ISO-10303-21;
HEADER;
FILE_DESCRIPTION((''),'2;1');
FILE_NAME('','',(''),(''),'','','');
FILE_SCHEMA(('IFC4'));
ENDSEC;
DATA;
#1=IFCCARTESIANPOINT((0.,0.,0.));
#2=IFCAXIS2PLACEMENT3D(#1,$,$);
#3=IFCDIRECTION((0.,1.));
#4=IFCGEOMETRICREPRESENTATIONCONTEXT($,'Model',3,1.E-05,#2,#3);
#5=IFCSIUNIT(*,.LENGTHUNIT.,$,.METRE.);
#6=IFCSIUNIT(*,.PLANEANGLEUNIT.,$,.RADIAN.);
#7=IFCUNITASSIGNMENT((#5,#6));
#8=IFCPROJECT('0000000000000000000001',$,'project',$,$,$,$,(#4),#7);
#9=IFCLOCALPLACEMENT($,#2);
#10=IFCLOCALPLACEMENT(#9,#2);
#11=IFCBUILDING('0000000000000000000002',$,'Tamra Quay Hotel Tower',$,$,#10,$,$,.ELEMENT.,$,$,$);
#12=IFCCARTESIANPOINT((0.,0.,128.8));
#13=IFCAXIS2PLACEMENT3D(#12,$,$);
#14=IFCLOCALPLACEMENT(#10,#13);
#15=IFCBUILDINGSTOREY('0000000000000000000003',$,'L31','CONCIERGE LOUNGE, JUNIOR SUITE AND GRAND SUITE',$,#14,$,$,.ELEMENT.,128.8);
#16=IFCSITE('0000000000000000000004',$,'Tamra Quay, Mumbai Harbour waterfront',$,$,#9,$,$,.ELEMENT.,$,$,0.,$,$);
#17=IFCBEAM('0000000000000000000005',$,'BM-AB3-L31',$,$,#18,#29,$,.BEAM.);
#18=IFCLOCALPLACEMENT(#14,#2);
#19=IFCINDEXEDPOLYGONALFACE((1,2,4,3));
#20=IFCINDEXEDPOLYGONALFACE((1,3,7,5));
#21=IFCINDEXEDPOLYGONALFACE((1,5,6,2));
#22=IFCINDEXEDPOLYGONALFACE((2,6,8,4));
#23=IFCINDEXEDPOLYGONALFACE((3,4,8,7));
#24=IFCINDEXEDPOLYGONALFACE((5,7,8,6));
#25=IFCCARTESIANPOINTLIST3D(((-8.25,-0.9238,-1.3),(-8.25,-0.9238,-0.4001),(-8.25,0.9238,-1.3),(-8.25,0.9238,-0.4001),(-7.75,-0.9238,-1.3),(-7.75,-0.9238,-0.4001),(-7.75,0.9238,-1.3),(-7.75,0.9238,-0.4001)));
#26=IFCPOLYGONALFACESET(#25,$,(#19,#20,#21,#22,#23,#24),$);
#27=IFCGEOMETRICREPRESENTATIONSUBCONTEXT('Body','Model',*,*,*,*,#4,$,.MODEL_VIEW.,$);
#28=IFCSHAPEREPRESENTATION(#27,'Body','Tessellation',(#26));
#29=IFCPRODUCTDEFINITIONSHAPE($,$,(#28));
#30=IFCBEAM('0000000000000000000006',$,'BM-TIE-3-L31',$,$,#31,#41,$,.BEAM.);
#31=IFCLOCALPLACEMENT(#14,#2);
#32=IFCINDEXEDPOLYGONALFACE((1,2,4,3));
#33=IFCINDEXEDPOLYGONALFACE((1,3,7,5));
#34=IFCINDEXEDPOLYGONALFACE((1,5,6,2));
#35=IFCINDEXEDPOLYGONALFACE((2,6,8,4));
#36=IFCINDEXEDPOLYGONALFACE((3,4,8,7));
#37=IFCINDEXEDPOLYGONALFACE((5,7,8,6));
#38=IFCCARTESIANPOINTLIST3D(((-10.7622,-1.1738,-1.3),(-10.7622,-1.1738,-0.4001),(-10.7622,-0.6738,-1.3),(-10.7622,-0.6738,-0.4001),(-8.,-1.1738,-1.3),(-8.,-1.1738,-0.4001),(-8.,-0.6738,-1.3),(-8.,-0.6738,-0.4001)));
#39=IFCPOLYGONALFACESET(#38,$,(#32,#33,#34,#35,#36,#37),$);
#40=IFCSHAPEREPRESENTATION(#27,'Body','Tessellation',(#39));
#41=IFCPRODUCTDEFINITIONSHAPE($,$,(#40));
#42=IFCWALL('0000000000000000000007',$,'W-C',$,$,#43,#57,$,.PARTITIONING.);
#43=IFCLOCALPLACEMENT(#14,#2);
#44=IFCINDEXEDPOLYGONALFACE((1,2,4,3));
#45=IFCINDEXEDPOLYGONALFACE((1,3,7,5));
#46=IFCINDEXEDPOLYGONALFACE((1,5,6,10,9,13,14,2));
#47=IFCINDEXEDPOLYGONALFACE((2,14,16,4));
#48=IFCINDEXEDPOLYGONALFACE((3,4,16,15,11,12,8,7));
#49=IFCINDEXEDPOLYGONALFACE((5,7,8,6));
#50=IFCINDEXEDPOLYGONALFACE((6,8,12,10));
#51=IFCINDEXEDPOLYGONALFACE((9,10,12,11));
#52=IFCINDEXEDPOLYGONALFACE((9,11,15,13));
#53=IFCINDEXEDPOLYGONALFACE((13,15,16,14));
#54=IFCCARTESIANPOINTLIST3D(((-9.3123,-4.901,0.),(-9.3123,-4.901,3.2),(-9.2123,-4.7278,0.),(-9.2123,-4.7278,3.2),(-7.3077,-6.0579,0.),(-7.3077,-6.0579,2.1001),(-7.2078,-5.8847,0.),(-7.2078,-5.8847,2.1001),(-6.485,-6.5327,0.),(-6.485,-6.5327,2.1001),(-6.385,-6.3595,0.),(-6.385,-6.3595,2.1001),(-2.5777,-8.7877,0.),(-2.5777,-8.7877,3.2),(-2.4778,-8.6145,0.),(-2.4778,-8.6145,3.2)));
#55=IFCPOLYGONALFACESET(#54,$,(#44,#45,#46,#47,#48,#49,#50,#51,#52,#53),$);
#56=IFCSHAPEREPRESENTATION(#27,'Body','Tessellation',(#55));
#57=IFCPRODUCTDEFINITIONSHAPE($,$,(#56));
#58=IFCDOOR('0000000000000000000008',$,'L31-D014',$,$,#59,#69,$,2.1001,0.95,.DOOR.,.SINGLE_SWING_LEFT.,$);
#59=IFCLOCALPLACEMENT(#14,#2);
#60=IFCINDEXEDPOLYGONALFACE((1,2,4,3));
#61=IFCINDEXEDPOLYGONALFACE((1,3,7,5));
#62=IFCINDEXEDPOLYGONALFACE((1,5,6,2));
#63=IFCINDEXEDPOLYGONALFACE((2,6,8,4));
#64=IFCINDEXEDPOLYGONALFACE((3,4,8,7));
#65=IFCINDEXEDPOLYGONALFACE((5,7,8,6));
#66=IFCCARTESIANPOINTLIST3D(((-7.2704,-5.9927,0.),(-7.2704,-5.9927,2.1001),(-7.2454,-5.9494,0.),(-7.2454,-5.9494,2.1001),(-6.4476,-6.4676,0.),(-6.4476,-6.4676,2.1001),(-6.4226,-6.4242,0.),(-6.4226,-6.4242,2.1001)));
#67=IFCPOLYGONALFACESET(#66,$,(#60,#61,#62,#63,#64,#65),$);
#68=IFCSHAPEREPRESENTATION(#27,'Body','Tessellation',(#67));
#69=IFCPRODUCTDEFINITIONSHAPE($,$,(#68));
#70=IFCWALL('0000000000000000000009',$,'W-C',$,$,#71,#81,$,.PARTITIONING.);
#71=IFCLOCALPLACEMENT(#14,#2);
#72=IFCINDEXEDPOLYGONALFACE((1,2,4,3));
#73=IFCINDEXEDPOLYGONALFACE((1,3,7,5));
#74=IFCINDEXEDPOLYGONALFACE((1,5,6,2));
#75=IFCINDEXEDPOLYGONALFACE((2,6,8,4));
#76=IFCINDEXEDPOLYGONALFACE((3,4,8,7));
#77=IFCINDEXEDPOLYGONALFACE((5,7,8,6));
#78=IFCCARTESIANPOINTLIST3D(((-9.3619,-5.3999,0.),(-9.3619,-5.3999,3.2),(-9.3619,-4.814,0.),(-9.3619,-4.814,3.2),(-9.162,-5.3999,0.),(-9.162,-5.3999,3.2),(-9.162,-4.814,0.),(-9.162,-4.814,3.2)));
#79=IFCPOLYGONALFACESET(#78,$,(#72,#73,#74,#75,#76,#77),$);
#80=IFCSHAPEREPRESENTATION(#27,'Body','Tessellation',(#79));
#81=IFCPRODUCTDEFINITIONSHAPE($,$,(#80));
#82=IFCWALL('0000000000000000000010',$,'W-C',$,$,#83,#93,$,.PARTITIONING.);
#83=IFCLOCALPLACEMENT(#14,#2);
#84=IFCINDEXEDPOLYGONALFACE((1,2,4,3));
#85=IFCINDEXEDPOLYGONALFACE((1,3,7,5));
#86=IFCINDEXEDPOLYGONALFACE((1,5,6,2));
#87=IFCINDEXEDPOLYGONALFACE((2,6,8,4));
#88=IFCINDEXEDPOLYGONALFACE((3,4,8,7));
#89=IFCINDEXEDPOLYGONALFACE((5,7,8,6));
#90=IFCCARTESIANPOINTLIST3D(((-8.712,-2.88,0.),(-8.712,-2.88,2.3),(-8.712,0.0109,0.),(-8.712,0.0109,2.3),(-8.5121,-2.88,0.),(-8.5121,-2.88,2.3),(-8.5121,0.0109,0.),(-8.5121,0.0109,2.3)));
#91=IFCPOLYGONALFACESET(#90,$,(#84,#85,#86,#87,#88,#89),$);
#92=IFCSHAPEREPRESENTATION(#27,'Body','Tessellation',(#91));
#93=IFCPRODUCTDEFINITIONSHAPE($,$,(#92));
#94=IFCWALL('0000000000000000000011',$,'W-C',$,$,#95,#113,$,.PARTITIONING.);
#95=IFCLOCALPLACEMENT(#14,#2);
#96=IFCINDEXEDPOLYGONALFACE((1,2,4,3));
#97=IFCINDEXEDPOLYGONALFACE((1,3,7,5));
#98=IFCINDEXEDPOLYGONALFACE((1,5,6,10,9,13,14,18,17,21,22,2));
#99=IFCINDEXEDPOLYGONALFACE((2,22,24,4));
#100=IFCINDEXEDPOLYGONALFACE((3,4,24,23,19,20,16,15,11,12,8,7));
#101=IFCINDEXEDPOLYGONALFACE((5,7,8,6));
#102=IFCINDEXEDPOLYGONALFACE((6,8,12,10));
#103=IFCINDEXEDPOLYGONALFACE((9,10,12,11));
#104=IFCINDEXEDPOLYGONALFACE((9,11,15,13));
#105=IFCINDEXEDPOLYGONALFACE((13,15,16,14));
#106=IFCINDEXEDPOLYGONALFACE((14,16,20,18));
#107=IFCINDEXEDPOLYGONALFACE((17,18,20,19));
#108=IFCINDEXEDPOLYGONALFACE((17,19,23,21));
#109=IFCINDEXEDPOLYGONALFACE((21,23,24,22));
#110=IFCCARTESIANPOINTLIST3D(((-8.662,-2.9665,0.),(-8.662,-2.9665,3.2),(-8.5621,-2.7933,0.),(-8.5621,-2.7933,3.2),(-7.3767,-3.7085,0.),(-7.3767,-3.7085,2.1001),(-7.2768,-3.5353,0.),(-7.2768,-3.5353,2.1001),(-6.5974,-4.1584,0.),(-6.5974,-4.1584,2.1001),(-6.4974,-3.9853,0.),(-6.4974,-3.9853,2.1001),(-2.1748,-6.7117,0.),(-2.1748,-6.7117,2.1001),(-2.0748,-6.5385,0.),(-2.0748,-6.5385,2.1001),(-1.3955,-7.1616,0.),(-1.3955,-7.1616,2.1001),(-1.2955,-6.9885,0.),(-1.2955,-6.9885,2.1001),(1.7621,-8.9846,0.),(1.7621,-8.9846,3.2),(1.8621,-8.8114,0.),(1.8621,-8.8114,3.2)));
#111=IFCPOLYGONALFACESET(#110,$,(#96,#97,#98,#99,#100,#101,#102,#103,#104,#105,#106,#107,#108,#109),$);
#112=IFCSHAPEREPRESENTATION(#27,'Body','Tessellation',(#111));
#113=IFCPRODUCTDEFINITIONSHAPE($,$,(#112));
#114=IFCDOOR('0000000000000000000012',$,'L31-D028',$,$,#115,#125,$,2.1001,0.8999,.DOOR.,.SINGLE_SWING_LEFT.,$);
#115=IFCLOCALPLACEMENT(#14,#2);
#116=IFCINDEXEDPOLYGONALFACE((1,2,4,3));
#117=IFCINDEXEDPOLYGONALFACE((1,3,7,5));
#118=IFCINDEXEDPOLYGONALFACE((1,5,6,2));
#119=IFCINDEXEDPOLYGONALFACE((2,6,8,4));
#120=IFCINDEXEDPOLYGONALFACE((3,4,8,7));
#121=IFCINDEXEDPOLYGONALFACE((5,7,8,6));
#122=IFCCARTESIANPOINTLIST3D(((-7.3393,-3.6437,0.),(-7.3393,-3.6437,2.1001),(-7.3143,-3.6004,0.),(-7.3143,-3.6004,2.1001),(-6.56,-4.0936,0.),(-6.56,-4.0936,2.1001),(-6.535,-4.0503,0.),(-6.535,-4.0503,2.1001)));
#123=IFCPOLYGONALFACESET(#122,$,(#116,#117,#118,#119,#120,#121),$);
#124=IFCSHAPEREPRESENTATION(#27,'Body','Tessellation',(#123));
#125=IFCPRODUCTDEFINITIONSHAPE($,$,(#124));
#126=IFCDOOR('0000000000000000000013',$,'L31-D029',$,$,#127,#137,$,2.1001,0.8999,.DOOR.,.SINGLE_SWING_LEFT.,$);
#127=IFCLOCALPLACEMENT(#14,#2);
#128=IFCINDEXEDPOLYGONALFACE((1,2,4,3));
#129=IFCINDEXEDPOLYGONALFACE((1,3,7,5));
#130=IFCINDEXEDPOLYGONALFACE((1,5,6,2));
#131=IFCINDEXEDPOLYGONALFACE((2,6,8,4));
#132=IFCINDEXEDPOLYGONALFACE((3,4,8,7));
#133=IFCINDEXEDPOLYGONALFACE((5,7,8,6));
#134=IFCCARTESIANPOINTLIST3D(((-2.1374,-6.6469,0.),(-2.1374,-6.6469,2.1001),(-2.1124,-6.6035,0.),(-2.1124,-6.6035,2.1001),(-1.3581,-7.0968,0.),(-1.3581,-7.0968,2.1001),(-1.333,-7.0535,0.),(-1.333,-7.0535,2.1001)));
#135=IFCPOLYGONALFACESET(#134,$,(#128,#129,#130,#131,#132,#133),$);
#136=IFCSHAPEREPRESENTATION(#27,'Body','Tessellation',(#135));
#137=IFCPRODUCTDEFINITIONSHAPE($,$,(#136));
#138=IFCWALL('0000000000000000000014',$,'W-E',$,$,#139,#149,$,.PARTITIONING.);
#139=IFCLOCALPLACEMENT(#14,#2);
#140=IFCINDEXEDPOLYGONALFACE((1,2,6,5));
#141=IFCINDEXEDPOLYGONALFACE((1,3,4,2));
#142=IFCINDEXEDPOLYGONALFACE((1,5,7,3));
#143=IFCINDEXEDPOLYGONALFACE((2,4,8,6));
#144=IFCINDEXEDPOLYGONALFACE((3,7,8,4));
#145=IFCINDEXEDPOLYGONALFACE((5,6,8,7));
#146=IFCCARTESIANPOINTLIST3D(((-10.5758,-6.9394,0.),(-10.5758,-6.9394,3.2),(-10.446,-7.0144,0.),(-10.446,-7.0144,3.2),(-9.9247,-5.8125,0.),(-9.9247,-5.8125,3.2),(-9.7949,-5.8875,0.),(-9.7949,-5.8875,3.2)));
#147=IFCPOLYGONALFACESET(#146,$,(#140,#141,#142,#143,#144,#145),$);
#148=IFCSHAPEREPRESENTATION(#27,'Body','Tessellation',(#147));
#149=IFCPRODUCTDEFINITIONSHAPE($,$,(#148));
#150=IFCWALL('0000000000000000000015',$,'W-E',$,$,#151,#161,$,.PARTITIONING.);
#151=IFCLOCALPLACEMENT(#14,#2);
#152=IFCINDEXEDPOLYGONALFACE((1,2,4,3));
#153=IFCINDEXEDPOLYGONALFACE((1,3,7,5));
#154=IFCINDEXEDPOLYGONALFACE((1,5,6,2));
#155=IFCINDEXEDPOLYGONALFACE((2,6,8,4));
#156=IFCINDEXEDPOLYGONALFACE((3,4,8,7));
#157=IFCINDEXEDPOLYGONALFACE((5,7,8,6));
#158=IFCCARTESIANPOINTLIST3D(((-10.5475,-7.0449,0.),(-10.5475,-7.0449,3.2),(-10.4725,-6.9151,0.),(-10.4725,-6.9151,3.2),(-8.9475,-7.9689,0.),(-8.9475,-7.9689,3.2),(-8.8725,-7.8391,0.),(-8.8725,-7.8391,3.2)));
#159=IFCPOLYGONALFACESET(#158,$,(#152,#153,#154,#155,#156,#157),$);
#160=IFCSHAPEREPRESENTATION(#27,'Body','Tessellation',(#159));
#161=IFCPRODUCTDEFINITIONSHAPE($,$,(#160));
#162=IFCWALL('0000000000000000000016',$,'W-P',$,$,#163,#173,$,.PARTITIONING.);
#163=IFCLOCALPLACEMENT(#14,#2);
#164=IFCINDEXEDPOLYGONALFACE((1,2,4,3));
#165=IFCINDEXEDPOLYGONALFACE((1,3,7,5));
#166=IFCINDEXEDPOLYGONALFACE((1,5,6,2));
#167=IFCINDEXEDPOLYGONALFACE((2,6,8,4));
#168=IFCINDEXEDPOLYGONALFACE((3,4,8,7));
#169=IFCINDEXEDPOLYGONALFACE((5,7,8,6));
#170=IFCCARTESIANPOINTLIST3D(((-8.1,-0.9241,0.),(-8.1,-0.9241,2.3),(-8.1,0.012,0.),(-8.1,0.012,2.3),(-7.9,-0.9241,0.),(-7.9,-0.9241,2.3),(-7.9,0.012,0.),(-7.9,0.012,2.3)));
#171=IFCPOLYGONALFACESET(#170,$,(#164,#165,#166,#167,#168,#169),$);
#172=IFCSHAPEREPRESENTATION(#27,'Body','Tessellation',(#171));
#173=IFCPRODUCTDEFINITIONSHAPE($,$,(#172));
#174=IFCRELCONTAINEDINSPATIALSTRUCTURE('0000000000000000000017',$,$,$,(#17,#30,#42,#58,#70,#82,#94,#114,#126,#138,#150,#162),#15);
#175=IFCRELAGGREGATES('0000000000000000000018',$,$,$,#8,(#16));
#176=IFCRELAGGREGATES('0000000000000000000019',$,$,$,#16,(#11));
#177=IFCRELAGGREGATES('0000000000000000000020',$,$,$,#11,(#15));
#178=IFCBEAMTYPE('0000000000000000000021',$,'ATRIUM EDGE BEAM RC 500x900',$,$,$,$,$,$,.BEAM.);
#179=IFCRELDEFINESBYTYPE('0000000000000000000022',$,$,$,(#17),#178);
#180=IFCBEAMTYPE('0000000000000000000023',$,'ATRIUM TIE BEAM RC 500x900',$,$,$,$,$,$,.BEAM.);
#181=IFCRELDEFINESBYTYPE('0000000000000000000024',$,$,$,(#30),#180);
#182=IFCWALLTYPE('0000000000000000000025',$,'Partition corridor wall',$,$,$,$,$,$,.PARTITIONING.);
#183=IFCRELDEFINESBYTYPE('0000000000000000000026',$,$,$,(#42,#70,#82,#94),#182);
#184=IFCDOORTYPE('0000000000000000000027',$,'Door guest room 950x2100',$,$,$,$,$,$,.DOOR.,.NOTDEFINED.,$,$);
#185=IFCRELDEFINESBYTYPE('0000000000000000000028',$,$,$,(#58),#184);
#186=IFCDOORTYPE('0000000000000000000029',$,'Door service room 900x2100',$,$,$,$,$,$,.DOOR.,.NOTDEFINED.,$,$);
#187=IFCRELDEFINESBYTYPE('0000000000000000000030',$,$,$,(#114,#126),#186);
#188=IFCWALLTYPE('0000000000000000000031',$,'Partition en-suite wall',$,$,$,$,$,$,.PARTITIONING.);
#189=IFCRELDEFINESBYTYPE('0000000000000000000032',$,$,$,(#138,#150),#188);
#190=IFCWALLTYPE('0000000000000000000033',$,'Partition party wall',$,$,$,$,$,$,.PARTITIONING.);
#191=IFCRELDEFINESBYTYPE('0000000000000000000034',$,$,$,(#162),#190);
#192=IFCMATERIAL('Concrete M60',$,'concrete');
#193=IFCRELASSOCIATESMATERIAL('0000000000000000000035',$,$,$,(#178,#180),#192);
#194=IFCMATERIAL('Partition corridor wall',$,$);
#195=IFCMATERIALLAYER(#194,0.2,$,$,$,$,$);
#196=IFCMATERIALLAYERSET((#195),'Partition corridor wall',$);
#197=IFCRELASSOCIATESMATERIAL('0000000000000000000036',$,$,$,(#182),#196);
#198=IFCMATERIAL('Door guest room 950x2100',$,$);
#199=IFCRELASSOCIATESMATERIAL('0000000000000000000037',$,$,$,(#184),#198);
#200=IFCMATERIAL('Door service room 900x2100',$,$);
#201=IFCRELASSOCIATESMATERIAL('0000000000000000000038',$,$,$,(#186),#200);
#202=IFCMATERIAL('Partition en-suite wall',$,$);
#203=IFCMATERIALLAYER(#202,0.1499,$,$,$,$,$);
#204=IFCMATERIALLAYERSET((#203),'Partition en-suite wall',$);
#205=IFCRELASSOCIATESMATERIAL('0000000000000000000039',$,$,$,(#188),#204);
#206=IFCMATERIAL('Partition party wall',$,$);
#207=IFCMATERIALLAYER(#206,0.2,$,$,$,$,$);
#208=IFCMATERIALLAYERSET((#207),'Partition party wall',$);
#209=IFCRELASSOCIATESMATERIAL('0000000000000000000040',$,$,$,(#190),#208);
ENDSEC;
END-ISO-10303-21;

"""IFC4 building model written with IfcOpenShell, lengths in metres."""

from ifc_helpers import new_model, si_unit, direction, frame, frame_2d, origin, origin_2d, place, context, subcontext, project, spatial, rectangle, extrude, material, layer, layer_set, material_profile, profile_set, type_object, element, fill, save


model = new_model("IFC4")

# Units and contexts
model_context = context("Model", 3, precision=1e-05, world=origin(), true_north=direction((0.0, 1.0)))
body_context = subcontext(model_context, "Body", "Model", "MODEL_VIEW")
ifc_project = project(units=[si_unit("LENGTHUNIT", "METRE"), si_unit("PLANEANGLEUNIT", "RADIAN")], contexts=[model_context])

# Site, building, storey
site_placement = place(None, origin())
site = spatial("IfcSite", under=ifc_project, at=site_placement, Name="Tamra Quay, Mumbai Harbour waterfront", CompositionType="ELEMENT", RefElevation=0.0)
building_placement = place(site_placement, origin())
building = spatial("IfcBuilding", under=site, at=building_placement, Name="Tamra Quay Hotel Tower", CompositionType="ELEMENT")
storey_placement = place(building_placement, frame((0.0, 0.0, 128.8)))
storey = spatial("IfcBuildingStorey", under=building, at=storey_placement, Name="L31", Description="CONCIERGE LOUNGE, JUNIOR SUITE AND GRAND SUITE", CompositionType="ELEMENT", Elevation=128.8)

# Beams
ifc_material_1 = material(Name="Concrete M60", Category="concrete")
ifc_material_profile_1 = material_profile(ifc_material_1, rectangle(XDim=0.5, YDim=0.8999, at=origin_2d()), Name="ATRIUM EDGE BEAM RC 500x900")
ifc_profile_set_1 = profile_set([ifc_material_profile_1], Name="Concrete M60")
beam_type_1 = type_object("IfcBeamType", Name="ATRIUM EDGE BEAM RC 500x900", PredefinedType="BEAM", material=ifc_profile_set_1)
beam_1_placement = place(storey_placement, frame((-8.0, -0.9238, -0.8501), z_axis=(0.0, 1.0, 0.0), x_axis=(-1.0, 0.0, 0.0)))
element("IfcBeam", 1, at=beam_1_placement, inside=storey, type_object=beam_type_1, Name="BM-AB3-L31", PredefinedType="BEAM", context=body_context, shape_type="SweptSolid", body=[
    extrude(rectangle(XDim=0.5, YDim=0.8999, at=origin_2d()), origin(), (0.0, 0.0, 1.0), 1.8477),
])
ifc_material_profile_2 = material_profile(ifc_material_1, rectangle(XDim=0.5, YDim=0.8999, at=origin_2d()), Name="ATRIUM TIE BEAM RC 500x900")
ifc_profile_set_2 = profile_set([ifc_material_profile_2], Name="Concrete M60")
beam_type_2 = type_object("IfcBeamType", Name="ATRIUM TIE BEAM RC 500x900", PredefinedType="BEAM", material=ifc_profile_set_2)
beam_2_placement = place(storey_placement, frame((-8.0, -0.9238, -0.8501), z_axis=(-1.0, 0.0, 0.0), x_axis=(0.0, -1.0, 0.0)))
element("IfcBeam", 2, at=beam_2_placement, inside=storey, type_object=beam_type_2, Name="BM-TIE-3-L31", PredefinedType="BEAM", context=body_context, shape_type="SweptSolid", body=[
    extrude(rectangle(XDim=0.5, YDim=0.8999, at=origin_2d()), origin(), (0.0, 0.0, 1.0), 2.7622),
])

# Wall, opening, door
ifc_material_2 = material(Name="Partition corridor wall")
ifc_layer_1 = layer(ifc_material_2, 0.2)
ifc_layer_set_1 = layer_set([ifc_layer_1], Name="Partition corridor wall")
wall_type_1 = type_object("IfcWallType", Name="Partition corridor wall", PredefinedType="PARTITIONING", material=ifc_layer_set_1)
wall_1_placement = place(storey_placement, frame((-9.2622, -4.8145, 0.0), z_axis=(0.0, 0.0, 1.0), x_axis=(0.86611, -0.499854, 0.0)))
wall_1 = element("IfcWall", 3, at=wall_1_placement, inside=storey, type_object=wall_type_1, Name="W-C", PredefinedType="PARTITIONING", context=body_context, shape_type="SweptSolid", body=[
    extrude(rectangle(XDim=7.7756, YDim=0.2, at=frame_2d((3.8877, 0.0))), origin(), (0.0, 0.0, 1.0), 3.2),
])
opening_1_placement = place(wall_1_placement, frame((2.3142, 0.0, 0.0)))
opening_1 = element("IfcOpeningElement", 4, at=opening_1_placement, cuts=wall_1, PredefinedType="OPENING", context=body_context, shape_type="SweptSolid", body=[
    extrude(rectangle(XDim=0.95, YDim=2.1001, at=frame_2d((0.4751, 1.05))), frame((0.0, 0.1099, 0.0), z_axis=(0.0, -1.0, 0.0), x_axis=(1.0, 0.0, 0.0)), (0.0, 0.0, 1.0), 0.22),
])
ifc_material_3 = material(Name="Door guest room 950x2100")
door_type_1 = type_object("IfcDoorType", Name="Door guest room 950x2100", OperationType="NOTDEFINED", PredefinedType="DOOR", material=ifc_material_3)
door_1_placement = place(opening_1_placement, frame((0.95, 0.0, 0.0), z_axis=(0.0, 0.0, 1.0), x_axis=(-1.0, 0.0, 0.0)))
door_1 = element("IfcDoor", 5, at=door_1_placement, inside=storey, type_object=door_type_1, Name="L31-D014", OperationType="SINGLE_SWING_LEFT", OverallHeight=2.1001, OverallWidth=0.95, PredefinedType="DOOR", context=body_context, shape_type="SweptSolid", body=[
    extrude(rectangle(XDim=0.95, YDim=2.1001, at=frame_2d((0.4751, 1.05))), frame((0.0, 0.0249, 0.0), z_axis=(0.0, -1.0, 0.0), x_axis=(1.0, 0.0, 0.0)), (0.0, 0.0, 1.0), 0.05),
])
fill(opening_1, door_1)

# Walls
wall_2_placement = place(storey_placement, frame((-9.262, -5.3999, 0.0), z_axis=(0.0, 0.0, 1.0), x_axis=(0.0, 1.0, 0.0)))
element("IfcWall", 6, at=wall_2_placement, inside=storey, type_object=wall_type_1, Name="W-C", PredefinedType="PARTITIONING", context=body_context, shape_type="SweptSolid", body=[
    extrude(rectangle(XDim=0.5859, YDim=0.2, at=frame_2d((0.293, 0.0))), origin(), (0.0, 0.0, 1.0), 3.2),
])
wall_3_placement = place(storey_placement, frame((-8.6121, -2.8799, 0.0), z_axis=(0.0, 0.0, 1.0), x_axis=(0.0, 1.0, 0.0)))
element("IfcWall", 7, at=wall_3_placement, inside=storey, type_object=wall_type_1, Name="W-C", PredefinedType="PARTITIONING", context=body_context, shape_type="SweptSolid", body=[
    extrude(rectangle(XDim=2.8909, YDim=0.2, at=frame_2d((1.4453, 0.0))), origin(), (0.0, 0.0, 1.0), 2.3),
])

# Wall, openings, doors
wall_4_placement = place(storey_placement, frame((-8.6121, -2.8799, 0.0), z_axis=(0.0, 0.0, 1.0), x_axis=(0.866035, -0.499983, 0.0)))
wall_4 = element("IfcWall", 8, at=wall_4_placement, inside=storey, type_object=wall_type_1, Name="W-C", PredefinedType="PARTITIONING", context=body_context, shape_type="SweptSolid", body=[
    extrude(rectangle(XDim=12.0366, YDim=0.2, at=frame_2d((6.0183, 0.0))), origin(), (0.0, 0.0, 1.0), 3.2),
])
opening_2_placement = place(wall_4_placement, frame((1.4841, 0.0, 0.0)))
opening_2 = element("IfcOpeningElement", 9, at=opening_2_placement, cuts=wall_4, PredefinedType="OPENING", context=body_context, shape_type="SweptSolid", body=[
    extrude(rectangle(XDim=0.8999, YDim=2.1001, at=frame_2d((0.45, 1.05))), frame((0.0, 0.1099, 0.0), z_axis=(0.0, -1.0, 0.0), x_axis=(1.0, 0.0, 0.0)), (0.0, 0.0, 1.0), 0.22),
])
opening_3_placement = place(wall_4_placement, frame((7.4907, 0.0, 0.0)))
opening_3 = element("IfcOpeningElement", 10, at=opening_3_placement, cuts=wall_4, PredefinedType="OPENING", context=body_context, shape_type="SweptSolid", body=[
    extrude(rectangle(XDim=0.8999, YDim=2.1001, at=frame_2d((0.45, 1.05))), frame((0.0, 0.1099, 0.0), z_axis=(0.0, -1.0, 0.0), x_axis=(1.0, 0.0, 0.0)), (0.0, 0.0, 1.0), 0.22),
])
ifc_material_4 = material(Name="Door service room 900x2100")
door_type_2 = type_object("IfcDoorType", Name="Door service room 900x2100", OperationType="NOTDEFINED", PredefinedType="DOOR", material=ifc_material_4)
door_2_placement = place(opening_2_placement, origin())
door_2 = element("IfcDoor", 11, at=door_2_placement, inside=storey, type_object=door_type_2, Name="L31-D028", OperationType="SINGLE_SWING_LEFT", OverallHeight=2.1001, OverallWidth=0.8999, PredefinedType="DOOR", context=body_context, shape_type="SweptSolid", body=[
    extrude(rectangle(XDim=0.8999, YDim=2.1001, at=frame_2d((0.45, 1.05))), frame((0.0, 0.0249, 0.0), z_axis=(0.0, -1.0, 0.0), x_axis=(1.0, 0.0, 0.0)), (0.0, 0.0, 1.0), 0.05),
])
fill(opening_2, door_2)
door_3_placement = place(opening_3_placement, origin())
door_3 = element("IfcDoor", 12, at=door_3_placement, inside=storey, type_object=door_type_2, Name="L31-D029", OperationType="SINGLE_SWING_LEFT", OverallHeight=2.1001, OverallWidth=0.8999, PredefinedType="DOOR", context=body_context, shape_type="SweptSolid", body=[
    extrude(rectangle(XDim=0.8999, YDim=2.1001, at=frame_2d((0.45, 1.05))), frame((0.0, 0.0249, 0.0), z_axis=(0.0, -1.0, 0.0), x_axis=(1.0, 0.0, 0.0)), (0.0, 0.0, 1.0), 0.05),
])
fill(opening_3, door_3)

# Walls
ifc_material_5 = material(Name="Partition en-suite wall")
ifc_layer_2 = layer(ifc_material_5, 0.1499)
ifc_layer_set_2 = layer_set([ifc_layer_2], Name="Partition en-suite wall")
wall_type_2 = type_object("IfcWallType", Name="Partition en-suite wall", PredefinedType="PARTITIONING", material=ifc_layer_set_2)
wall_5_placement = place(storey_placement, frame((-10.511, -6.9771, 0.0), z_axis=(0.0, 0.0, 1.0), x_axis=(0.500274, 0.865867, 0.0)))
element("IfcWall", 13, at=wall_5_placement, inside=storey, type_object=wall_type_2, Name="W-E", PredefinedType="PARTITIONING", context=body_context, shape_type="SweptSolid", body=[
    extrude(rectangle(XDim=1.3015, YDim=0.1499, at=frame_2d((0.6509, 0.0))), origin(), (0.0, 0.0, 1.0), 3.2),
])
wall_6_placement = place(storey_placement, frame((-10.51, -6.98, 0.0), z_axis=(0.0, 0.0, 1.0), x_axis=(0.865966, -0.500104, 0.0)))
element("IfcWall", 14, at=wall_6_placement, inside=storey, type_object=wall_type_2, Name="W-E", PredefinedType="PARTITIONING", context=body_context, shape_type="SweptSolid", body=[
    extrude(rectangle(XDim=1.8477, YDim=0.1499, at=frame_2d((0.9238, 0.0))), origin(), (0.0, 0.0, 1.0), 3.2),
])
ifc_material_6 = material(Name="Partition party wall")
ifc_layer_3 = layer(ifc_material_6, 0.2)
ifc_layer_set_3 = layer_set([ifc_layer_3], Name="Partition party wall")
wall_type_3 = type_object("IfcWallType", Name="Partition party wall", PredefinedType="PARTITIONING", material=ifc_layer_set_3)
wall_7_placement = place(storey_placement, frame((-8.0, -0.9241, 0.0), z_axis=(0.0, 0.0, 1.0), x_axis=(0.0, 1.0, 0.0)))
element("IfcWall", 15, at=wall_7_placement, inside=storey, type_object=wall_type_3, Name="W-P", PredefinedType="PARTITIONING", context=body_context, shape_type="SweptSolid", body=[
    extrude(rectangle(XDim=0.936, YDim=0.2, at=frame_2d((0.468, 0.0))), origin(), (0.0, 0.0, 1.0), 2.3),
])

save(model, "model.ifc")
